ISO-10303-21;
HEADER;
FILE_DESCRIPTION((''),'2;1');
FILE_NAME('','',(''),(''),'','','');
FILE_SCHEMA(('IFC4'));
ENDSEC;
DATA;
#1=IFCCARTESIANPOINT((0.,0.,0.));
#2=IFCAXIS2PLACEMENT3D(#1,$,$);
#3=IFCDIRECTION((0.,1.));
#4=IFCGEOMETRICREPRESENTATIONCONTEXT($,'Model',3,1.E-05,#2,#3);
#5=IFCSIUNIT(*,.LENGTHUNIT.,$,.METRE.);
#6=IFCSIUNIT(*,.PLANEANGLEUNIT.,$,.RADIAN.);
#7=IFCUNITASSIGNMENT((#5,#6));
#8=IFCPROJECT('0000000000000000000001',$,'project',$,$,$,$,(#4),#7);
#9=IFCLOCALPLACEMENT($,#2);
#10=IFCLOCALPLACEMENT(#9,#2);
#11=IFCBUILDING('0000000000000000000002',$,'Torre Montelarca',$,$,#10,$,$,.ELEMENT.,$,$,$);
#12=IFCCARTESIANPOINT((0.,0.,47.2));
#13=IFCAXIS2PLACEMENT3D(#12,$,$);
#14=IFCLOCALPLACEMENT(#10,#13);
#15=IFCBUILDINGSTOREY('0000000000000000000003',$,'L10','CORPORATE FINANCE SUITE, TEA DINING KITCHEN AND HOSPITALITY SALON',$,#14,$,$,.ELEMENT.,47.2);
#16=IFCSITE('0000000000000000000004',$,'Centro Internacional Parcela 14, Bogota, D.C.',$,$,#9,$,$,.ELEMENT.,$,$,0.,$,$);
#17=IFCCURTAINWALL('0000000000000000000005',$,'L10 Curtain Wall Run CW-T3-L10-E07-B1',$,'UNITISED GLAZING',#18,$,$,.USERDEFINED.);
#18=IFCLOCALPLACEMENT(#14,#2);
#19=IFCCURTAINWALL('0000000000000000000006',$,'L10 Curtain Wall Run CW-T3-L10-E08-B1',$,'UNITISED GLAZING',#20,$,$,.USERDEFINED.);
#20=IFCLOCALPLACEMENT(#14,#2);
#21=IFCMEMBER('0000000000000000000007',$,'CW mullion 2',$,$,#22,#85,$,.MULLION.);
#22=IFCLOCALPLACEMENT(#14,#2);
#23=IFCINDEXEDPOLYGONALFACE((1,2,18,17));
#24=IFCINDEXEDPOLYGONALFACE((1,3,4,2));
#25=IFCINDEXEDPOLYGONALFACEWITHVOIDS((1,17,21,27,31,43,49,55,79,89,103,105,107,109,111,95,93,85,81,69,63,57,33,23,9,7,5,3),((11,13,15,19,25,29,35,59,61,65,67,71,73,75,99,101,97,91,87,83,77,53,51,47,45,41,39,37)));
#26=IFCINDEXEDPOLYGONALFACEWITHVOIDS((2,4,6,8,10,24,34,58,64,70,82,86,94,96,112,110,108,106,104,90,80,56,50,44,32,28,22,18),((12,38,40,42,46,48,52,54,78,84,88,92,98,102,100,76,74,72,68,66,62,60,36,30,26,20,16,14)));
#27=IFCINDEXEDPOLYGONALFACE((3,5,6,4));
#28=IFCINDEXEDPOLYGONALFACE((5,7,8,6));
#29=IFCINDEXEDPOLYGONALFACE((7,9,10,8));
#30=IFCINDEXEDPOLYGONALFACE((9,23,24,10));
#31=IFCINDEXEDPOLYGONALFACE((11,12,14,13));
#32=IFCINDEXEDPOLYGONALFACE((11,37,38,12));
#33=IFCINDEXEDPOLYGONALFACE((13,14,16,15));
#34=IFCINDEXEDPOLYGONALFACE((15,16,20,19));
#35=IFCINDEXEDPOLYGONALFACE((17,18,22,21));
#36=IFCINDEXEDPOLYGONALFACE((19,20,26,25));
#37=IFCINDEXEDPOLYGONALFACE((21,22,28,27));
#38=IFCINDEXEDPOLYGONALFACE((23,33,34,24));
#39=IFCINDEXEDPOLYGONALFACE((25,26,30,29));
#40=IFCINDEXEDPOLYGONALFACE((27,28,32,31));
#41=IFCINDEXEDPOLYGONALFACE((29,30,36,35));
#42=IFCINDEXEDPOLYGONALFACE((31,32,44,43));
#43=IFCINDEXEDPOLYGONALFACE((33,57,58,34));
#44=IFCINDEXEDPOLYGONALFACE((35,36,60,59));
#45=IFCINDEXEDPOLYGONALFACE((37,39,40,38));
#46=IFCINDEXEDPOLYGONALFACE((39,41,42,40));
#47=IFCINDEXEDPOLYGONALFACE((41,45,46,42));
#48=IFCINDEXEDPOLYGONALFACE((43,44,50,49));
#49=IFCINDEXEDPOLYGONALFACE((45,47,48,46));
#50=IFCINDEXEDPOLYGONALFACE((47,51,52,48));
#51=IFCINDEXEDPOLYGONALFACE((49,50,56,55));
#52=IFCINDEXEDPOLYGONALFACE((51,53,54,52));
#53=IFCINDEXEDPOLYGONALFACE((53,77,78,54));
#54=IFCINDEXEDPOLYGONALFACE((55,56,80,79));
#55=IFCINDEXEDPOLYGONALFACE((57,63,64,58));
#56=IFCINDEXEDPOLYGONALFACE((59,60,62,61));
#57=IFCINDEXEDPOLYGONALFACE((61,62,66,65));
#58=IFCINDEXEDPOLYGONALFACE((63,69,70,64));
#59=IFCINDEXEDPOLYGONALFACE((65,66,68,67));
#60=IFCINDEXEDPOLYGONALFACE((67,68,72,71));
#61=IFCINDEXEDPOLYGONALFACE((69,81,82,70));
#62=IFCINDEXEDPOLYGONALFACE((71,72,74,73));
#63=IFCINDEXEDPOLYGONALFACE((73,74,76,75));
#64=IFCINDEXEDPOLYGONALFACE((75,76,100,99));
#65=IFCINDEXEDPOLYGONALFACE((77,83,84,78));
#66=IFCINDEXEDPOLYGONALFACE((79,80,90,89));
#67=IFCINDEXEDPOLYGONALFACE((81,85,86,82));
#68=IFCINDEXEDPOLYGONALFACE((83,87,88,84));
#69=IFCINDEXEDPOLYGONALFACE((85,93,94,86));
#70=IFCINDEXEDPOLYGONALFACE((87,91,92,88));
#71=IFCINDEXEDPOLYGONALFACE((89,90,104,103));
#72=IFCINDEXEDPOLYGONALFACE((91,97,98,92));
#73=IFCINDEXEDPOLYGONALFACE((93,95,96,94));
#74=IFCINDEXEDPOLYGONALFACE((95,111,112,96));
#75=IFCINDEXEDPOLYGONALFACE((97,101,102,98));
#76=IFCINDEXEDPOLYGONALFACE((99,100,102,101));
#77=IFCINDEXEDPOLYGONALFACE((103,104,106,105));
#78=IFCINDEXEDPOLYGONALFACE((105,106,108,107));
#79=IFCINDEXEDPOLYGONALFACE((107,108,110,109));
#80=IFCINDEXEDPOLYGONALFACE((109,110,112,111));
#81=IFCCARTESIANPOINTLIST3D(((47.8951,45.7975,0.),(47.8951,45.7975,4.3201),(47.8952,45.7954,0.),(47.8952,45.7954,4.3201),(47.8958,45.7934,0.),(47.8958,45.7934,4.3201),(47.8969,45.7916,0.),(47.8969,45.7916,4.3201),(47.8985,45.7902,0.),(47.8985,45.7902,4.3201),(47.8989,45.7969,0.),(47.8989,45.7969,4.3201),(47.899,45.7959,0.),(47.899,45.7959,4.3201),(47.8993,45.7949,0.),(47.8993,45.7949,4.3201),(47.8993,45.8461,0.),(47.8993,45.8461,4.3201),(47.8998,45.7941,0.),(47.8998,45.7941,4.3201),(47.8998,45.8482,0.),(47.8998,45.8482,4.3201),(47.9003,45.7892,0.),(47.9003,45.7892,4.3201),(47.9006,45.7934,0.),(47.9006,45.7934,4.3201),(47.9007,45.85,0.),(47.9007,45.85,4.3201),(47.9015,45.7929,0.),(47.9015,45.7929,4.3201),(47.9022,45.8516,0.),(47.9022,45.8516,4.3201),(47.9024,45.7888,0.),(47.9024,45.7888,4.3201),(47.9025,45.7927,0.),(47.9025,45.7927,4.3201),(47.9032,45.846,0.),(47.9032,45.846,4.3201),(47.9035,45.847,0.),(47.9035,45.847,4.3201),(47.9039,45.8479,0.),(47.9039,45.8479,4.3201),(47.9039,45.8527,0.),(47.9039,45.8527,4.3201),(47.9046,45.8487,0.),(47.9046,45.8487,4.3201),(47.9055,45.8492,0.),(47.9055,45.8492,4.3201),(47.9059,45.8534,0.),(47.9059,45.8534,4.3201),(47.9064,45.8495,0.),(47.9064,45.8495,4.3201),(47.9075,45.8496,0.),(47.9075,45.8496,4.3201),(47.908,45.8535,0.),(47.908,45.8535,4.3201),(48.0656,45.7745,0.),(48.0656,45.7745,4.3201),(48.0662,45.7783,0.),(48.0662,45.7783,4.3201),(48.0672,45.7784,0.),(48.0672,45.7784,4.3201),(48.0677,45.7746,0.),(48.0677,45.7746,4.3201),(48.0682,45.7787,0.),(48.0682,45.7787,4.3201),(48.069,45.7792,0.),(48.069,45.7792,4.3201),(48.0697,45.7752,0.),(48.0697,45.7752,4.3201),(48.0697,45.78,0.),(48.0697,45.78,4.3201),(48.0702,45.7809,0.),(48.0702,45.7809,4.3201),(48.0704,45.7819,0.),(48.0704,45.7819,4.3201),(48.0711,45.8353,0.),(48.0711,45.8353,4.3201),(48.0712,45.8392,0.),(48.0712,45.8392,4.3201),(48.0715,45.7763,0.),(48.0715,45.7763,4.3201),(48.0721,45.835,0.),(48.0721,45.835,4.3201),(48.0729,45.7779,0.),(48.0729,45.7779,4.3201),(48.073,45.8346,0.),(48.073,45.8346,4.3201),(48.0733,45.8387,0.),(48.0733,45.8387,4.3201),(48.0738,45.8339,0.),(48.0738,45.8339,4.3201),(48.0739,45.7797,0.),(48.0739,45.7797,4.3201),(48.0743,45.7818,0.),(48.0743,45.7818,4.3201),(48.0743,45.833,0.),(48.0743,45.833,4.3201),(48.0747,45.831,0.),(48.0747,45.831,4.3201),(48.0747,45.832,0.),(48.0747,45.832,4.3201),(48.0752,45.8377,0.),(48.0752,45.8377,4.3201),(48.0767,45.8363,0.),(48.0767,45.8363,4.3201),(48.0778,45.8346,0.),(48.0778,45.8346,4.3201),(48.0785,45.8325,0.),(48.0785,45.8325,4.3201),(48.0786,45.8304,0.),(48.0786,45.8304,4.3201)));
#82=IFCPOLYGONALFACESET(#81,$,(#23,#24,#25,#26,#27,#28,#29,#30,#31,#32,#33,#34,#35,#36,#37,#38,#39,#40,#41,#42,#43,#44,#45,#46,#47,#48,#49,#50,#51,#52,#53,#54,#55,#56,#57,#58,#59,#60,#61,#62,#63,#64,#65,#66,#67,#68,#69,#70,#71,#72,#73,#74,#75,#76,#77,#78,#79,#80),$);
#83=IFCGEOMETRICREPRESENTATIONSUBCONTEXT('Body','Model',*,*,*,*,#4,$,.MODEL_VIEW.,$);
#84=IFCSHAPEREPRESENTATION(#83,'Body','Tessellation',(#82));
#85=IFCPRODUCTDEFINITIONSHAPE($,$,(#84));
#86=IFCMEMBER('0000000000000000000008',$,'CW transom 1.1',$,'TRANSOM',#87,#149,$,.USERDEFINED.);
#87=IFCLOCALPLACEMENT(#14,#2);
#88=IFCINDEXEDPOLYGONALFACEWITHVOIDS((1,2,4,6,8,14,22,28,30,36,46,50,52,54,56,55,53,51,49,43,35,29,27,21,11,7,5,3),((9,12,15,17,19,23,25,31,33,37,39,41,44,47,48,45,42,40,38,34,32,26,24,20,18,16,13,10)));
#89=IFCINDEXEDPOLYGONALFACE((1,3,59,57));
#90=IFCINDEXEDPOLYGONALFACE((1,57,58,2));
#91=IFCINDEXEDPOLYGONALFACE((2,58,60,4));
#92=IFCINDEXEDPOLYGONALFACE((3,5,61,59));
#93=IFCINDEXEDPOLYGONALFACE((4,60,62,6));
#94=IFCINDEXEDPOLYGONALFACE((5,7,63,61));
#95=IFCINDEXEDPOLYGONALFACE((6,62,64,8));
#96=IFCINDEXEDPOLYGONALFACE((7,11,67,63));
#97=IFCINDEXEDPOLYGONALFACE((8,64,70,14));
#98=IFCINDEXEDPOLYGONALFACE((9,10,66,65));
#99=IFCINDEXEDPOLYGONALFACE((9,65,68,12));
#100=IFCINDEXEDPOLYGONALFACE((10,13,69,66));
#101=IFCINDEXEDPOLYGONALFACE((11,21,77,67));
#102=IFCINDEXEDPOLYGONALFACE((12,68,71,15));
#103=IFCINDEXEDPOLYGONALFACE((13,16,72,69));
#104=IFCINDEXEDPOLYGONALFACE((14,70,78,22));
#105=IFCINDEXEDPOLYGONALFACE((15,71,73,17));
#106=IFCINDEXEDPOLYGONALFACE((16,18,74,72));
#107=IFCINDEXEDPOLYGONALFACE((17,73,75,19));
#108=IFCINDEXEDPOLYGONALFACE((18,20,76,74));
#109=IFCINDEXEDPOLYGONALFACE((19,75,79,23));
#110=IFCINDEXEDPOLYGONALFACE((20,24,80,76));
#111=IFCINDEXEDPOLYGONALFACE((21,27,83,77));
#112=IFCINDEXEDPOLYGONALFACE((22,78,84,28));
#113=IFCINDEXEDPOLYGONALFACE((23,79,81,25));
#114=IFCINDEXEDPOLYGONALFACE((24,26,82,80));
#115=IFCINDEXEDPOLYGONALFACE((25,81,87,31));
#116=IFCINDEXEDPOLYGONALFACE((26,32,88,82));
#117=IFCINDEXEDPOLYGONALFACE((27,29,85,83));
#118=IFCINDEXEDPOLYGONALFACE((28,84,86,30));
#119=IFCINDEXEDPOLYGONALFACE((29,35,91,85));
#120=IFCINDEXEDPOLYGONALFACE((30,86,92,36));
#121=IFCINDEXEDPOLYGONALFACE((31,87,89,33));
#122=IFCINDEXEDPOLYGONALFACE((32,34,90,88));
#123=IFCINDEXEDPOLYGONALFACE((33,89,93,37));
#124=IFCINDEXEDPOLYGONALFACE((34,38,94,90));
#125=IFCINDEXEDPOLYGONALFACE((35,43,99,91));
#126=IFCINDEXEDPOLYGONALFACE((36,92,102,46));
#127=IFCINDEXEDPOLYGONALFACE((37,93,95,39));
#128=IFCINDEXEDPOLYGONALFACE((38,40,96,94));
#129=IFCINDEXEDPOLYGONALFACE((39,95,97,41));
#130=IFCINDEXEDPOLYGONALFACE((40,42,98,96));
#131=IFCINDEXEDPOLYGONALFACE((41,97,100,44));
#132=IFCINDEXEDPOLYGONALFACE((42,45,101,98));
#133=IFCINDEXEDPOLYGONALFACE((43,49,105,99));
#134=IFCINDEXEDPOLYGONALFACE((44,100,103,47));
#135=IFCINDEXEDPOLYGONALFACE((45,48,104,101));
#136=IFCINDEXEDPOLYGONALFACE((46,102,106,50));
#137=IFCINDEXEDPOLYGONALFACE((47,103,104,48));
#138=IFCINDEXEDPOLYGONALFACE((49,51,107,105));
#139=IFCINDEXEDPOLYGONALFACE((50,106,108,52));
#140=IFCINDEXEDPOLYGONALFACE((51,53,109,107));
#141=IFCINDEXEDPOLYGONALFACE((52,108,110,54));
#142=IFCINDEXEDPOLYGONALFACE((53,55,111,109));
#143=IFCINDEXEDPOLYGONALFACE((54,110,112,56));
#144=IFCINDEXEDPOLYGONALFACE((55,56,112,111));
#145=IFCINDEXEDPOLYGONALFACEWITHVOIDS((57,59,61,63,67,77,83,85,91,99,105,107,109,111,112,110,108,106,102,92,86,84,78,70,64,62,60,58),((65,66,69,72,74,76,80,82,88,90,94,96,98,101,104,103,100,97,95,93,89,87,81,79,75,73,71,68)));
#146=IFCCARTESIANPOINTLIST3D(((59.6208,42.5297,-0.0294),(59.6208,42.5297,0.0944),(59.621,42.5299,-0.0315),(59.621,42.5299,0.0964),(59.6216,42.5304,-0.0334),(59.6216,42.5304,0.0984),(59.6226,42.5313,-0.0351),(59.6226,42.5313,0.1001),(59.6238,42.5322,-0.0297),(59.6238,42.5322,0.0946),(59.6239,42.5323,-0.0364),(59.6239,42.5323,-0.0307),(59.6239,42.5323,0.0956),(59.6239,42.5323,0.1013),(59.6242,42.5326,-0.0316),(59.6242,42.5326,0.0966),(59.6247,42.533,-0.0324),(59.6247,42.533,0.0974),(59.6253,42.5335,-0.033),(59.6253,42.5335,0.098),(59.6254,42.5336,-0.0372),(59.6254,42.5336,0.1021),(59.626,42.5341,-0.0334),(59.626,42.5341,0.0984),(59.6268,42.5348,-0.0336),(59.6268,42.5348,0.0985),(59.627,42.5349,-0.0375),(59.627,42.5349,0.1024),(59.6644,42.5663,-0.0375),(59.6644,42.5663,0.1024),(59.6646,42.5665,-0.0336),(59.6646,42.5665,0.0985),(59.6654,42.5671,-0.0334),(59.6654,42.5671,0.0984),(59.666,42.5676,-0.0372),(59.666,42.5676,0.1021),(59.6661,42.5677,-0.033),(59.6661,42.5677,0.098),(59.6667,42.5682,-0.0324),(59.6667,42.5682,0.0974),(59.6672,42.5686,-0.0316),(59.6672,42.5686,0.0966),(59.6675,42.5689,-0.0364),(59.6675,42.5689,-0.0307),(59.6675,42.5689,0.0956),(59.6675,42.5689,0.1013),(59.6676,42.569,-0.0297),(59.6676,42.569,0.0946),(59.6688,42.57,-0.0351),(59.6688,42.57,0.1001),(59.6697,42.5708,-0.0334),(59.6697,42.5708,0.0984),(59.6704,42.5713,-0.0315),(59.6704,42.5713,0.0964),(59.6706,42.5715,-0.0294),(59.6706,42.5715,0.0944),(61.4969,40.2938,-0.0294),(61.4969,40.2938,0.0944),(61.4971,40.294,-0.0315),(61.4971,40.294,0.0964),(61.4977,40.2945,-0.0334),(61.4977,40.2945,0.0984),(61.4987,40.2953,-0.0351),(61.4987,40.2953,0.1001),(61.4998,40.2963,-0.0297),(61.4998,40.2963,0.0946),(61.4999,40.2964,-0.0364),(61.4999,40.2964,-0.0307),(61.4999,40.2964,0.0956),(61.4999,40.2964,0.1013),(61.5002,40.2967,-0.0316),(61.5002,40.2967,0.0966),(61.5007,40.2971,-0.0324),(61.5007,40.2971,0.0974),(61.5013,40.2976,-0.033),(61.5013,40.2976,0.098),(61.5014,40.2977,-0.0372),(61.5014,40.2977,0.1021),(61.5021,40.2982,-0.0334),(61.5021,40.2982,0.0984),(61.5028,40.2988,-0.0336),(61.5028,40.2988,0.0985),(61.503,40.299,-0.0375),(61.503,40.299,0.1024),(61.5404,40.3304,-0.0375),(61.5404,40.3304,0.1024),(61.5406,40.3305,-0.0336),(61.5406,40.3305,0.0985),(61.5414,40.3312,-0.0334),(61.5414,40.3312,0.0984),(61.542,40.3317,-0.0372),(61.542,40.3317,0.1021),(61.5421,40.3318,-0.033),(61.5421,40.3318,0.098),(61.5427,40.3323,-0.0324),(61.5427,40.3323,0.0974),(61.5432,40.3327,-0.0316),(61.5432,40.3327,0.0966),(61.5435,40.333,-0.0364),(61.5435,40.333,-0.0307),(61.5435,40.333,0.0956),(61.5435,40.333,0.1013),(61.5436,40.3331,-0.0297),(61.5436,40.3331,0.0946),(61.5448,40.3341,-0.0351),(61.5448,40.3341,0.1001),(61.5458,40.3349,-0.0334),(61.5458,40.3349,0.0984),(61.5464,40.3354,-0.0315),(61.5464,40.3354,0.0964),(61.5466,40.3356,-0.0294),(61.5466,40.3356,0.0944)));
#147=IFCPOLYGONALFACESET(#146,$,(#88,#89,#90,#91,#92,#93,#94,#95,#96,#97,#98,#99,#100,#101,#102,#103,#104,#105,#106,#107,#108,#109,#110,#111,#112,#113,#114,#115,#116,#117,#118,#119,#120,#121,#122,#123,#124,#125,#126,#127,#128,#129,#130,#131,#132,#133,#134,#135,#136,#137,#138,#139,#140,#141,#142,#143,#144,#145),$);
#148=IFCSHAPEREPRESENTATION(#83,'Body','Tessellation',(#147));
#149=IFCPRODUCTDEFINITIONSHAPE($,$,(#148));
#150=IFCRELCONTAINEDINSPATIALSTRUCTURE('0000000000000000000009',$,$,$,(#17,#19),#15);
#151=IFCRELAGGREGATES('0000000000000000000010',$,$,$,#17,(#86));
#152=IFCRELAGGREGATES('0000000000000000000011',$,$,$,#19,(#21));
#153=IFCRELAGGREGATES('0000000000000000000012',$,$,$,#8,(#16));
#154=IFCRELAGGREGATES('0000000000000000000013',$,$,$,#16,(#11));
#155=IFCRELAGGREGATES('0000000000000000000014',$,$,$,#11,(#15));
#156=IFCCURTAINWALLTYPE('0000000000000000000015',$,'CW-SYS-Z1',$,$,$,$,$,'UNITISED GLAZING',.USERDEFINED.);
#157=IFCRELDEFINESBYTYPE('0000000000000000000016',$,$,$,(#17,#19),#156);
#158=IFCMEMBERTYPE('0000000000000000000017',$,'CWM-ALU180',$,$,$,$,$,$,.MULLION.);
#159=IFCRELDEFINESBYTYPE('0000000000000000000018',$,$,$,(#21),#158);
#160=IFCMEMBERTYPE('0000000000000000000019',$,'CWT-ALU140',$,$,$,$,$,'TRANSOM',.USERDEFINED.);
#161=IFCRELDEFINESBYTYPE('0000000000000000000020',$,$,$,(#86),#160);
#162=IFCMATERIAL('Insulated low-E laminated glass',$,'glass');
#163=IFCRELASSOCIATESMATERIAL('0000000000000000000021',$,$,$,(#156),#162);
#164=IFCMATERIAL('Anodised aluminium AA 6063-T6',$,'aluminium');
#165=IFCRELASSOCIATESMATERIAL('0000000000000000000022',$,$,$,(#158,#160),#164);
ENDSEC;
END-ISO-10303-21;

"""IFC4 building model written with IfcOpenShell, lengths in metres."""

from ifc_helpers import new_model, si_unit, direction, frame, origin, origin_2d, place, context, subcontext, project, spatial, hollow_rectangle, extrude, source, transform, mapped, material, material_profile, profile_set, type_object, element, aggregate, save


model = new_model("IFC4")

# Units and contexts
model_context = context("Model", 3, precision=1e-05, world=origin(), true_north=direction((0.0, 1.0)))
body_context = subcontext(model_context, "Body", "Model", "MODEL_VIEW")
ifc_project = project(units=[si_unit("LENGTHUNIT", "METRE"), si_unit("PLANEANGLEUNIT", "RADIAN")], contexts=[model_context])

# Site, building, storey
site_placement = place(None, origin())
site = spatial("IfcSite", under=ifc_project, at=site_placement, Name="Centro Internacional Parcela 14, Bogota, D.C.", CompositionType="ELEMENT", RefElevation=0.0)
building_placement = place(site_placement, origin())
building = spatial("IfcBuilding", under=site, at=building_placement, Name="Torre Montelarca", CompositionType="ELEMENT")
storey_placement = place(building_placement, frame((0.0, 0.0, 47.2)))
storey = spatial("IfcBuildingStorey", under=building, at=storey_placement, Name="L10", Description="CORPORATE FINANCE SUITE, TEA DINING KITCHEN AND HOSPITALITY SALON", CompositionType="ELEMENT", Elevation=47.2)

# Curtain walls, member
ifc_material_1 = material(Name="Insulated low-E laminated glass", Category="glass")
curtain_wall_type = type_object("IfcCurtainWallType", Name="CW-SYS-Z1", ElementType="UNITISED GLAZING", PredefinedType="USERDEFINED", material=ifc_material_1)
ifc_material_2 = material(Name="Anodised aluminium AA 6063-T6", Category="aluminium")
ifc_material_profile_1 = material_profile(ifc_material_2, hollow_rectangle(XDim=0.0649, YDim=0.1799, WallThickness=0.0039, InnerFilletRadius=0.0039, OuterFilletRadius=0.0081, at=origin_2d()), Name="ALU65X180X4", Category="aluminium")
ifc_profile_set_1 = profile_set([ifc_material_profile_1], Name="Anodised aluminium AA 6063-T6")
member_type_1 = type_object("IfcMemberType", Name="CWM-ALU180", PredefinedType="MULLION", material=ifc_profile_set_1)
shared_shape_1 = source(origin(), body_context, "Body", "SweptSolid", [
    extrude(hollow_rectangle(XDim=0.0649, YDim=0.1799, WallThickness=0.0039, InnerFilletRadius=0.0039, OuterFilletRadius=0.0081, at=origin_2d()), origin(), (0.0, 0.0, 1.0), 4.3201),
])
curtain_wall_1_placement = place(storey_placement, origin())
curtain_wall_1 = element("IfcCurtainWall", 1, at=curtain_wall_1_placement, inside=storey, type_object=curtain_wall_type, Name="L10 Curtain Wall Run CW-T3-L10-E07-B1", ObjectType="UNITISED GLAZING", PredefinedType="USERDEFINED")
curtain_wall_2_placement = place(storey_placement, origin())
curtain_wall_2 = element("IfcCurtainWall", 2, at=curtain_wall_2_placement, inside=storey, type_object=curtain_wall_type, Name="L10 Curtain Wall Run CW-T3-L10-E08-B1", ObjectType="UNITISED GLAZING", PredefinedType="USERDEFINED")
member_1_placement = place(storey_placement, frame((47.9868, 45.814, 0.0), z_axis=(0.0, 0.0, 1.0), x_axis=(-0.087159, -0.996194, 0.0)))
member_1 = element("IfcMember", 3, at=member_1_placement, type_object=member_type_1, Name="CW mullion 2", PredefinedType="MULLION", context=body_context, shape_type="MappedRepresentation", body=[
    mapped(shared_shape_1, transform((0.0, 0.0, 0.0), scale=1.0)),
])

# Member
ifc_material_profile_2 = material_profile(ifc_material_2, hollow_rectangle(XDim=0.0649, YDim=0.1399, WallThickness=0.0039, InnerFilletRadius=0.0039, OuterFilletRadius=0.0081, at=origin_2d()), Name="ALU65X140X4", Category="aluminium")
ifc_profile_set_2 = profile_set([ifc_material_profile_2], Name="Anodised aluminium AA 6063-T6")
member_type_2 = type_object("IfcMemberType", Name="CWT-ALU140", ElementType="TRANSOM", PredefinedType="USERDEFINED", material=ifc_profile_set_2)
shared_shape_2 = source(origin(), body_context, "Body", "SweptSolid", [
    extrude(hollow_rectangle(XDim=0.0649, YDim=0.1399, WallThickness=0.0039, InnerFilletRadius=0.0039, OuterFilletRadius=0.0081, at=origin_2d()), origin(), (0.0, 0.0, 1.0), 2.9187),
])
member_2_placement = place(storey_placement, frame((61.5217, 40.3147, 0.0325), z_axis=(-0.642764, 0.766064, 0.0), x_axis=(-0.766064, -0.642764, 0.0)))
member_2 = element("IfcMember", 4, at=member_2_placement, type_object=member_type_2, Name="CW transom 1.1", ObjectType="TRANSOM", PredefinedType="USERDEFINED", context=body_context, shape_type="MappedRepresentation", body=[
    mapped(shared_shape_2, transform((0.0, 0.0, 0.0), scale=1.0)),
])

aggregate(curtain_wall_1, [member_2])
aggregate(curtain_wall_2, [member_1])

save(model, "model.ifc")
